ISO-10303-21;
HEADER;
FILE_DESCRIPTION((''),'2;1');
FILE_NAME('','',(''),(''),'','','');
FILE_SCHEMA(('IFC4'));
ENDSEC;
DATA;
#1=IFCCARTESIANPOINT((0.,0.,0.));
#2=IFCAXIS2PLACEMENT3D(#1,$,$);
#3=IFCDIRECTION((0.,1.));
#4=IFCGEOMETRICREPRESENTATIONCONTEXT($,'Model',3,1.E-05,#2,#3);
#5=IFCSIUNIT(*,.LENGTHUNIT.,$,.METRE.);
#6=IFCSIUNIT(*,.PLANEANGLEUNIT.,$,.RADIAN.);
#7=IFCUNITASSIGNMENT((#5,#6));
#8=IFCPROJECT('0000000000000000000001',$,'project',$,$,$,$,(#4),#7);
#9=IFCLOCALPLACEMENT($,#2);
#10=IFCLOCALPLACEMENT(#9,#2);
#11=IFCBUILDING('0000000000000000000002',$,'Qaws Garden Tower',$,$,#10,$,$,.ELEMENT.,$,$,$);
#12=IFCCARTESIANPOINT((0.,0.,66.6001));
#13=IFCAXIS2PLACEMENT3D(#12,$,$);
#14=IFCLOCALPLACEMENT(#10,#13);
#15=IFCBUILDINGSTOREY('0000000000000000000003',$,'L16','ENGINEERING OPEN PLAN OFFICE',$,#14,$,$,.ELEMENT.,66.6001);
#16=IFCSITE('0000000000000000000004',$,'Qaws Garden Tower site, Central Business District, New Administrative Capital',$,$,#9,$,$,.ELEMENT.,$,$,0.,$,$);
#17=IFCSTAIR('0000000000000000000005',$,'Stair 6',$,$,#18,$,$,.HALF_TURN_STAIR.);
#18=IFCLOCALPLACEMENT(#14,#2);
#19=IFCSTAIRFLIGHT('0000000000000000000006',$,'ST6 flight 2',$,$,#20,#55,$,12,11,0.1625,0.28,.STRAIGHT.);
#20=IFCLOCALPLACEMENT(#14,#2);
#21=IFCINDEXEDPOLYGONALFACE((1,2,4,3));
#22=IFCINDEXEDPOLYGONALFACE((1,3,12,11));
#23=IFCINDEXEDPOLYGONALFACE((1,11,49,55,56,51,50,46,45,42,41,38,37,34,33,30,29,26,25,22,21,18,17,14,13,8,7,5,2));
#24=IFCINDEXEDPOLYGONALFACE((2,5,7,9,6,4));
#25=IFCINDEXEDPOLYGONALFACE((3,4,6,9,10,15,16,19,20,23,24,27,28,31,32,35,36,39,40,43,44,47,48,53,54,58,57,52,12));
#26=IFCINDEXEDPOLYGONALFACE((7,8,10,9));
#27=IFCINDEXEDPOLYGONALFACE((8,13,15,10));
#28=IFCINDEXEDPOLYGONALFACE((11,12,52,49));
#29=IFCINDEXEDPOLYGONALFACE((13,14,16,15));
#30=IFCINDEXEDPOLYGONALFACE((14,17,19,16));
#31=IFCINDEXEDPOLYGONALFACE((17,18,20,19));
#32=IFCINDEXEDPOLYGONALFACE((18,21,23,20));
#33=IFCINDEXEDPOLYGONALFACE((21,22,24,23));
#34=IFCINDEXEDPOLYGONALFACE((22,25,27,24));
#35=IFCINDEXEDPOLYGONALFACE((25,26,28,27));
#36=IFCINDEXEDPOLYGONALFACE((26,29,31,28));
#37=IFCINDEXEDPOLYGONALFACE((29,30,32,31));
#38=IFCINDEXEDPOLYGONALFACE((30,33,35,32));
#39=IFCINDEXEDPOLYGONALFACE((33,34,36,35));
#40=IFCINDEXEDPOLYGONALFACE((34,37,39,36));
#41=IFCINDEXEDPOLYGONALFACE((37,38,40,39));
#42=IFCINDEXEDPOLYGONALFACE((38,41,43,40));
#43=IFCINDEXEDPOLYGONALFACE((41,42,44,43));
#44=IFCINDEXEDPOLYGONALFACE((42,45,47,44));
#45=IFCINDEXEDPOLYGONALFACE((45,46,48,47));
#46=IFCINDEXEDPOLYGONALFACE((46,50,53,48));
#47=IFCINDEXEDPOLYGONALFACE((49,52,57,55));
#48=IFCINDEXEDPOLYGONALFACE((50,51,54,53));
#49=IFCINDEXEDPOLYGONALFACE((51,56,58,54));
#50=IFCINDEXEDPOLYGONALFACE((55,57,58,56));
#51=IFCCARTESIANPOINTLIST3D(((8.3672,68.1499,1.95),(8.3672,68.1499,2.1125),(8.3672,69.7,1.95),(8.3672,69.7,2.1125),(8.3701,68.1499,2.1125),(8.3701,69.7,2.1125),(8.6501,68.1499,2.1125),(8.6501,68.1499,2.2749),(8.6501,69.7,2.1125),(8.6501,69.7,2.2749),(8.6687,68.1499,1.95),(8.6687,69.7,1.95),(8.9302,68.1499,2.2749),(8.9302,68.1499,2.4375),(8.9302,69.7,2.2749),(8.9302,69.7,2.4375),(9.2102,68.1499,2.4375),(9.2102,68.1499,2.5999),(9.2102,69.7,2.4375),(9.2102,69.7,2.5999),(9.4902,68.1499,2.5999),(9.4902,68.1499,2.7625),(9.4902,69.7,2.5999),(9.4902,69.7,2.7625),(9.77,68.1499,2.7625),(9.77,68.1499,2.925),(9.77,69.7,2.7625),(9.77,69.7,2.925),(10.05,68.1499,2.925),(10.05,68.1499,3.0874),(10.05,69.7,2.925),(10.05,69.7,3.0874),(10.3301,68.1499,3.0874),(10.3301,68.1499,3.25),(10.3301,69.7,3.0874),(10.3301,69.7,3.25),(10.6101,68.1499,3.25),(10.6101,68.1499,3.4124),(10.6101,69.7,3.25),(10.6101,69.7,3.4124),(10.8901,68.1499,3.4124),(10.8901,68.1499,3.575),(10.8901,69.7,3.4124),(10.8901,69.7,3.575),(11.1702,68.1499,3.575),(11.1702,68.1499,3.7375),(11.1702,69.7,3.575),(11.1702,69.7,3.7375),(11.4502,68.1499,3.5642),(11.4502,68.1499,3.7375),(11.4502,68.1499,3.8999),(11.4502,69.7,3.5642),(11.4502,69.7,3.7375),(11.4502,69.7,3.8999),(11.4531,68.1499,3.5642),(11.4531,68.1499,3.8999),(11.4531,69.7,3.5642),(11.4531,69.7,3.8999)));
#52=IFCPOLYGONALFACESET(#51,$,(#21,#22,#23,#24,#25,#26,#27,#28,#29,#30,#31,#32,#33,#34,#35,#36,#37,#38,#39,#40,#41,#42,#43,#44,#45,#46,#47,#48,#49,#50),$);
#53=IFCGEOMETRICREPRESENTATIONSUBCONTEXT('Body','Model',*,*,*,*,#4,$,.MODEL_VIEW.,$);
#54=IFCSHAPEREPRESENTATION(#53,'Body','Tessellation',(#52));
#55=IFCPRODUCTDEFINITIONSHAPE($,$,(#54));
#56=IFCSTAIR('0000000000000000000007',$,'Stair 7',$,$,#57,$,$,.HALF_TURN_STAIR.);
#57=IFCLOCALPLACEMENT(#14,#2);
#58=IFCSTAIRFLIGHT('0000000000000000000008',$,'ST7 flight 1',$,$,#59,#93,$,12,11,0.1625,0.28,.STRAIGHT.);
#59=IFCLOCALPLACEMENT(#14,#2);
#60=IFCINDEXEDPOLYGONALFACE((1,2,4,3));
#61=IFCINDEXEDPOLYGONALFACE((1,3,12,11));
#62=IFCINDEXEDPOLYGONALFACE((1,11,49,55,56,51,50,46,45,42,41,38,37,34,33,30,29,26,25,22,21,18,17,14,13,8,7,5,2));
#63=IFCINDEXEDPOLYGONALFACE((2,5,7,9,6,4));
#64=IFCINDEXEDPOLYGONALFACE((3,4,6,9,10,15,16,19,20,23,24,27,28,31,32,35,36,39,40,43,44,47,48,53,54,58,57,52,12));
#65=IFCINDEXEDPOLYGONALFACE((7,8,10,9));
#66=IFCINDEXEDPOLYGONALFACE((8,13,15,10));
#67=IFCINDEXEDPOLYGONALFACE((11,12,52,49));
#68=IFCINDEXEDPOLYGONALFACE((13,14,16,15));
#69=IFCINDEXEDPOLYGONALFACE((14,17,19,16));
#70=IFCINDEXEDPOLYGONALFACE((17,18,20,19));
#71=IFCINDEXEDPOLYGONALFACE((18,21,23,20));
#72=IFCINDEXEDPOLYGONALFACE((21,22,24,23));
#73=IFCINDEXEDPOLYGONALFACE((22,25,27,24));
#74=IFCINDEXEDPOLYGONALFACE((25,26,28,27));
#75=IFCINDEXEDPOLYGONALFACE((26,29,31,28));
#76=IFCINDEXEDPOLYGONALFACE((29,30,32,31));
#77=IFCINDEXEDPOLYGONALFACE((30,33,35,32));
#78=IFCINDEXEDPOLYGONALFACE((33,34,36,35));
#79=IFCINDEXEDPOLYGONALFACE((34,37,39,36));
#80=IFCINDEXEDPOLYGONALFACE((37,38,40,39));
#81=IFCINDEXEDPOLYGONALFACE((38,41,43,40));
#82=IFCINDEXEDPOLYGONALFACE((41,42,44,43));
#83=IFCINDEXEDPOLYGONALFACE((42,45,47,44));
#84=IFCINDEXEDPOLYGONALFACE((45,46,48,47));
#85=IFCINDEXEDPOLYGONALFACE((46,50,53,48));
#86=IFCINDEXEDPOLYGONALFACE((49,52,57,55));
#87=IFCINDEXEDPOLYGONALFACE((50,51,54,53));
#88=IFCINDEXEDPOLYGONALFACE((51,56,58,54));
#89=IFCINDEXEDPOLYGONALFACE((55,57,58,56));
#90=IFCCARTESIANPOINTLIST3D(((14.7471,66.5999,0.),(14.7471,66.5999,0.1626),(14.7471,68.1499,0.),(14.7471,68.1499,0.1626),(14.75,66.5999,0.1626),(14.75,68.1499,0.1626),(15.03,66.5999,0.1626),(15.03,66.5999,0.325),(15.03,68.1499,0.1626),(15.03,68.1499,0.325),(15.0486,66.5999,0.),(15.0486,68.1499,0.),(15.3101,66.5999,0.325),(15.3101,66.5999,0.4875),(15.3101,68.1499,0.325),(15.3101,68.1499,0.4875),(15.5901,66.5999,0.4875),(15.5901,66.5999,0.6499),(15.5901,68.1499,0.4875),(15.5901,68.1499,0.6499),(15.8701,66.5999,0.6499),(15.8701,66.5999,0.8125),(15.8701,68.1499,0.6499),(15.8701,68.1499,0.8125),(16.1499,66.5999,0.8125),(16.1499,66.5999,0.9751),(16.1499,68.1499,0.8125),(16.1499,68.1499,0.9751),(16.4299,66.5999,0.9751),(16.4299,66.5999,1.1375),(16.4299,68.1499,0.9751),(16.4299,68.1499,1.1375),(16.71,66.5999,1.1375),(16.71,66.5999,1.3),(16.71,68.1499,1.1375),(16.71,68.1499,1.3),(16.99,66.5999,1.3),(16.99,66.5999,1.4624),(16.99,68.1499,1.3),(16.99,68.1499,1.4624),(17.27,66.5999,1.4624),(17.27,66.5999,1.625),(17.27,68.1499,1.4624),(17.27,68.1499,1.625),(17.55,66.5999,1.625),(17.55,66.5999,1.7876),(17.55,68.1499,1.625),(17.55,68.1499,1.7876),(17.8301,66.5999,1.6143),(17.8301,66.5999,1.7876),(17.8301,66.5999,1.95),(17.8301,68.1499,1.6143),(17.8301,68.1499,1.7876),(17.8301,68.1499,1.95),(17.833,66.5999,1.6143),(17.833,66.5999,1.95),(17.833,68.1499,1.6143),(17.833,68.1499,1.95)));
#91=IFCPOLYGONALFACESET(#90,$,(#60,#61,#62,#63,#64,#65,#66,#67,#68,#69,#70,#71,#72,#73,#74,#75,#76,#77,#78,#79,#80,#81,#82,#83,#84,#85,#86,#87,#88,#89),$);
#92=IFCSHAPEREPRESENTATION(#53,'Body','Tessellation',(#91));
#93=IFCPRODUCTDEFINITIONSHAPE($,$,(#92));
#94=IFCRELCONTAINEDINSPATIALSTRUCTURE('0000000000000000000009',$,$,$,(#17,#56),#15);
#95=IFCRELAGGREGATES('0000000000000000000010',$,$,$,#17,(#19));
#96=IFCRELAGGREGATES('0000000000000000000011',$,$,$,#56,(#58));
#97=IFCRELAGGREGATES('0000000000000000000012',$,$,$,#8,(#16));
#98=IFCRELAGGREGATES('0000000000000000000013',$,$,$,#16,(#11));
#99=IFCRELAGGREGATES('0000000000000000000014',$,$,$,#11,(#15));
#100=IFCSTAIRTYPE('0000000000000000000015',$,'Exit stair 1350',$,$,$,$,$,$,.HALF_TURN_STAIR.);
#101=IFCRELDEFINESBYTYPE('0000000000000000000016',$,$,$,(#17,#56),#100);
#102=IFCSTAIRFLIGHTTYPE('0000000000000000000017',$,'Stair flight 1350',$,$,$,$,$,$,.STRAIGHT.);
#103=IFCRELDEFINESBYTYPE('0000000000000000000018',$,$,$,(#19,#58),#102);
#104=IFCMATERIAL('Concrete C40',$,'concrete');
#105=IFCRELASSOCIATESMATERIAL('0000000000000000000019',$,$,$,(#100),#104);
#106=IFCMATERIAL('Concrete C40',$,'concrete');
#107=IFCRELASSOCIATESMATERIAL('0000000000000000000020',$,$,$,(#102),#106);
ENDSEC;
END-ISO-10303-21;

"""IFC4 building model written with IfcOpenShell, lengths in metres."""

from ifc_helpers import new_model, si_unit, direction, frame, origin, place, context, subcontext, project, spatial, polyline, outline, extrude, material, type_object, element, aggregate, save


model = new_model("IFC4")

# Units and contexts
model_context = context("Model", 3, precision=1e-05, world=origin(), true_north=direction((0.0, 1.0)))
body_context = subcontext(model_context, "Body", "Model", "MODEL_VIEW")
ifc_project = project(units=[si_unit("LENGTHUNIT", "METRE"), si_unit("PLANEANGLEUNIT", "RADIAN")], contexts=[model_context])

# Site, building, storey
site_placement = place(None, origin())
site = spatial("IfcSite", under=ifc_project, at=site_placement, Name="Qaws Garden Tower site, Central Business District, New Administrative Capital", CompositionType="ELEMENT", RefElevation=0.0)
building_placement = place(site_placement, origin())
building = spatial("IfcBuilding", under=site, at=building_placement, Name="Qaws Garden Tower", CompositionType="ELEMENT")
storey_placement = place(building_placement, frame((0.0, 0.0, 66.6001)))
storey = spatial("IfcBuildingStorey", under=building, at=storey_placement, Name="L16", Description="ENGINEERING OPEN PLAN OFFICE", CompositionType="ELEMENT", Elevation=66.6001)

# Stair, stair flight
ifc_material_1 = material(Name="Concrete C40", Category="concrete")
stair_type = type_object("IfcStairType", Name="Exit stair 1350", PredefinedType="HALF_TURN_STAIR", material=ifc_material_1)
placement = place(storey_placement, origin())
stair_1 = element("IfcStair", 1, at=placement, inside=storey, type_object=stair_type, Name="Stair 6", PredefinedType="HALF_TURN_STAIR")
ifc_material_2 = material(Name="Concrete C40", Category="concrete")
stair_flight_type = type_object("IfcStairFlightType", Name="Stair flight 1350", PredefinedType="STRAIGHT", material=ifc_material_2)
stair_flight_1_placement = place(storey_placement, frame((8.3701, 68.925, 1.95), z_axis=(0.0, 0.0, 1.0), x_axis=(1.0, 0.0, 0.0)))
stair_flight_1 = element("IfcStairFlight", 2, at=stair_flight_1_placement, type_object=stair_flight_type, Name="ST6 flight 2", NumberOfRisers=12, NumberOfTreads=11, PredefinedType="STRAIGHT", RiserHeight=0.1625, TreadLength=0.28, context=body_context, shape_type="SweptSolid", body=[
    extrude(outline(polyline([(-0.0029, 0.0), (-0.0029, 0.1626), (0.0, 0.1626), (0.28, 0.1626), (0.28, 0.325), (0.5601, 0.325), (0.5601, 0.4875), (0.8401, 0.4875), (0.8401, 0.6499), (1.1201, 0.6499), (1.1201, 0.8125), (1.3999, 0.8125), (1.3999, 0.9751), (1.6799, 0.9751), (1.6799, 1.1375), (1.96, 1.1375), (1.96, 1.3), (2.24, 1.3), (2.24, 1.4624), (2.52, 1.4624), (2.52, 1.625), (2.8, 1.625), (2.8, 1.7876), (3.0801, 1.7876), (3.0801, 1.95), (3.083, 1.95), (3.083, 1.6143), (3.0801, 1.6143), (0.2986, 0.0), (-0.0029, 0.0)])), frame((0.0, 0.7749, 0.0), z_axis=(0.0, -1.0, 0.0), x_axis=(1.0, 0.0, 0.0)), (0.0, 0.0, 1.0), 1.55),
])
aggregate(stair_1, [stair_flight_1])

# Stair, stair flight
stair_2 = element("IfcStair", 3, at=placement, inside=storey, type_object=stair_type, Name="Stair 7", PredefinedType="HALF_TURN_STAIR")
stair_flight_2_placement = place(storey_placement, frame((14.75, 67.375, 0.0), z_axis=(0.0, 0.0, 1.0), x_axis=(1.0, 0.0, 0.0)))
stair_flight_2 = element("IfcStairFlight", 4, at=stair_flight_2_placement, type_object=stair_flight_type, Name="ST7 flight 1", NumberOfRisers=12, NumberOfTreads=11, PredefinedType="STRAIGHT", RiserHeight=0.1625, TreadLength=0.28, context=body_context, shape_type="SweptSolid", body=[
    extrude(outline(polyline([(-0.0029, 0.0), (-0.0029, 0.1626), (0.0, 0.1626), (0.28, 0.1626), (0.28, 0.325), (0.5601, 0.325), (0.5601, 0.4875), (0.8401, 0.4875), (0.8401, 0.6499), (1.1201, 0.6499), (1.1201, 0.8125), (1.3999, 0.8125), (1.3999, 0.9751), (1.6799, 0.9751), (1.6799, 1.1375), (1.96, 1.1375), (1.96, 1.3), (2.24, 1.3), (2.24, 1.4624), (2.52, 1.4624), (2.52, 1.625), (2.8, 1.625), (2.8, 1.7876), (3.0801, 1.7876), (3.0801, 1.95), (3.083, 1.95), (3.083, 1.6143), (3.0801, 1.6143), (0.2986, 0.0), (-0.0029, 0.0)])), frame((0.0, 0.7749, 0.0), z_axis=(0.0, -1.0, 0.0), x_axis=(1.0, 0.0, 0.0)), (0.0, 0.0, 1.0), 1.55),
])
aggregate(stair_2, [stair_flight_2])

save(model, "model.ifc")
